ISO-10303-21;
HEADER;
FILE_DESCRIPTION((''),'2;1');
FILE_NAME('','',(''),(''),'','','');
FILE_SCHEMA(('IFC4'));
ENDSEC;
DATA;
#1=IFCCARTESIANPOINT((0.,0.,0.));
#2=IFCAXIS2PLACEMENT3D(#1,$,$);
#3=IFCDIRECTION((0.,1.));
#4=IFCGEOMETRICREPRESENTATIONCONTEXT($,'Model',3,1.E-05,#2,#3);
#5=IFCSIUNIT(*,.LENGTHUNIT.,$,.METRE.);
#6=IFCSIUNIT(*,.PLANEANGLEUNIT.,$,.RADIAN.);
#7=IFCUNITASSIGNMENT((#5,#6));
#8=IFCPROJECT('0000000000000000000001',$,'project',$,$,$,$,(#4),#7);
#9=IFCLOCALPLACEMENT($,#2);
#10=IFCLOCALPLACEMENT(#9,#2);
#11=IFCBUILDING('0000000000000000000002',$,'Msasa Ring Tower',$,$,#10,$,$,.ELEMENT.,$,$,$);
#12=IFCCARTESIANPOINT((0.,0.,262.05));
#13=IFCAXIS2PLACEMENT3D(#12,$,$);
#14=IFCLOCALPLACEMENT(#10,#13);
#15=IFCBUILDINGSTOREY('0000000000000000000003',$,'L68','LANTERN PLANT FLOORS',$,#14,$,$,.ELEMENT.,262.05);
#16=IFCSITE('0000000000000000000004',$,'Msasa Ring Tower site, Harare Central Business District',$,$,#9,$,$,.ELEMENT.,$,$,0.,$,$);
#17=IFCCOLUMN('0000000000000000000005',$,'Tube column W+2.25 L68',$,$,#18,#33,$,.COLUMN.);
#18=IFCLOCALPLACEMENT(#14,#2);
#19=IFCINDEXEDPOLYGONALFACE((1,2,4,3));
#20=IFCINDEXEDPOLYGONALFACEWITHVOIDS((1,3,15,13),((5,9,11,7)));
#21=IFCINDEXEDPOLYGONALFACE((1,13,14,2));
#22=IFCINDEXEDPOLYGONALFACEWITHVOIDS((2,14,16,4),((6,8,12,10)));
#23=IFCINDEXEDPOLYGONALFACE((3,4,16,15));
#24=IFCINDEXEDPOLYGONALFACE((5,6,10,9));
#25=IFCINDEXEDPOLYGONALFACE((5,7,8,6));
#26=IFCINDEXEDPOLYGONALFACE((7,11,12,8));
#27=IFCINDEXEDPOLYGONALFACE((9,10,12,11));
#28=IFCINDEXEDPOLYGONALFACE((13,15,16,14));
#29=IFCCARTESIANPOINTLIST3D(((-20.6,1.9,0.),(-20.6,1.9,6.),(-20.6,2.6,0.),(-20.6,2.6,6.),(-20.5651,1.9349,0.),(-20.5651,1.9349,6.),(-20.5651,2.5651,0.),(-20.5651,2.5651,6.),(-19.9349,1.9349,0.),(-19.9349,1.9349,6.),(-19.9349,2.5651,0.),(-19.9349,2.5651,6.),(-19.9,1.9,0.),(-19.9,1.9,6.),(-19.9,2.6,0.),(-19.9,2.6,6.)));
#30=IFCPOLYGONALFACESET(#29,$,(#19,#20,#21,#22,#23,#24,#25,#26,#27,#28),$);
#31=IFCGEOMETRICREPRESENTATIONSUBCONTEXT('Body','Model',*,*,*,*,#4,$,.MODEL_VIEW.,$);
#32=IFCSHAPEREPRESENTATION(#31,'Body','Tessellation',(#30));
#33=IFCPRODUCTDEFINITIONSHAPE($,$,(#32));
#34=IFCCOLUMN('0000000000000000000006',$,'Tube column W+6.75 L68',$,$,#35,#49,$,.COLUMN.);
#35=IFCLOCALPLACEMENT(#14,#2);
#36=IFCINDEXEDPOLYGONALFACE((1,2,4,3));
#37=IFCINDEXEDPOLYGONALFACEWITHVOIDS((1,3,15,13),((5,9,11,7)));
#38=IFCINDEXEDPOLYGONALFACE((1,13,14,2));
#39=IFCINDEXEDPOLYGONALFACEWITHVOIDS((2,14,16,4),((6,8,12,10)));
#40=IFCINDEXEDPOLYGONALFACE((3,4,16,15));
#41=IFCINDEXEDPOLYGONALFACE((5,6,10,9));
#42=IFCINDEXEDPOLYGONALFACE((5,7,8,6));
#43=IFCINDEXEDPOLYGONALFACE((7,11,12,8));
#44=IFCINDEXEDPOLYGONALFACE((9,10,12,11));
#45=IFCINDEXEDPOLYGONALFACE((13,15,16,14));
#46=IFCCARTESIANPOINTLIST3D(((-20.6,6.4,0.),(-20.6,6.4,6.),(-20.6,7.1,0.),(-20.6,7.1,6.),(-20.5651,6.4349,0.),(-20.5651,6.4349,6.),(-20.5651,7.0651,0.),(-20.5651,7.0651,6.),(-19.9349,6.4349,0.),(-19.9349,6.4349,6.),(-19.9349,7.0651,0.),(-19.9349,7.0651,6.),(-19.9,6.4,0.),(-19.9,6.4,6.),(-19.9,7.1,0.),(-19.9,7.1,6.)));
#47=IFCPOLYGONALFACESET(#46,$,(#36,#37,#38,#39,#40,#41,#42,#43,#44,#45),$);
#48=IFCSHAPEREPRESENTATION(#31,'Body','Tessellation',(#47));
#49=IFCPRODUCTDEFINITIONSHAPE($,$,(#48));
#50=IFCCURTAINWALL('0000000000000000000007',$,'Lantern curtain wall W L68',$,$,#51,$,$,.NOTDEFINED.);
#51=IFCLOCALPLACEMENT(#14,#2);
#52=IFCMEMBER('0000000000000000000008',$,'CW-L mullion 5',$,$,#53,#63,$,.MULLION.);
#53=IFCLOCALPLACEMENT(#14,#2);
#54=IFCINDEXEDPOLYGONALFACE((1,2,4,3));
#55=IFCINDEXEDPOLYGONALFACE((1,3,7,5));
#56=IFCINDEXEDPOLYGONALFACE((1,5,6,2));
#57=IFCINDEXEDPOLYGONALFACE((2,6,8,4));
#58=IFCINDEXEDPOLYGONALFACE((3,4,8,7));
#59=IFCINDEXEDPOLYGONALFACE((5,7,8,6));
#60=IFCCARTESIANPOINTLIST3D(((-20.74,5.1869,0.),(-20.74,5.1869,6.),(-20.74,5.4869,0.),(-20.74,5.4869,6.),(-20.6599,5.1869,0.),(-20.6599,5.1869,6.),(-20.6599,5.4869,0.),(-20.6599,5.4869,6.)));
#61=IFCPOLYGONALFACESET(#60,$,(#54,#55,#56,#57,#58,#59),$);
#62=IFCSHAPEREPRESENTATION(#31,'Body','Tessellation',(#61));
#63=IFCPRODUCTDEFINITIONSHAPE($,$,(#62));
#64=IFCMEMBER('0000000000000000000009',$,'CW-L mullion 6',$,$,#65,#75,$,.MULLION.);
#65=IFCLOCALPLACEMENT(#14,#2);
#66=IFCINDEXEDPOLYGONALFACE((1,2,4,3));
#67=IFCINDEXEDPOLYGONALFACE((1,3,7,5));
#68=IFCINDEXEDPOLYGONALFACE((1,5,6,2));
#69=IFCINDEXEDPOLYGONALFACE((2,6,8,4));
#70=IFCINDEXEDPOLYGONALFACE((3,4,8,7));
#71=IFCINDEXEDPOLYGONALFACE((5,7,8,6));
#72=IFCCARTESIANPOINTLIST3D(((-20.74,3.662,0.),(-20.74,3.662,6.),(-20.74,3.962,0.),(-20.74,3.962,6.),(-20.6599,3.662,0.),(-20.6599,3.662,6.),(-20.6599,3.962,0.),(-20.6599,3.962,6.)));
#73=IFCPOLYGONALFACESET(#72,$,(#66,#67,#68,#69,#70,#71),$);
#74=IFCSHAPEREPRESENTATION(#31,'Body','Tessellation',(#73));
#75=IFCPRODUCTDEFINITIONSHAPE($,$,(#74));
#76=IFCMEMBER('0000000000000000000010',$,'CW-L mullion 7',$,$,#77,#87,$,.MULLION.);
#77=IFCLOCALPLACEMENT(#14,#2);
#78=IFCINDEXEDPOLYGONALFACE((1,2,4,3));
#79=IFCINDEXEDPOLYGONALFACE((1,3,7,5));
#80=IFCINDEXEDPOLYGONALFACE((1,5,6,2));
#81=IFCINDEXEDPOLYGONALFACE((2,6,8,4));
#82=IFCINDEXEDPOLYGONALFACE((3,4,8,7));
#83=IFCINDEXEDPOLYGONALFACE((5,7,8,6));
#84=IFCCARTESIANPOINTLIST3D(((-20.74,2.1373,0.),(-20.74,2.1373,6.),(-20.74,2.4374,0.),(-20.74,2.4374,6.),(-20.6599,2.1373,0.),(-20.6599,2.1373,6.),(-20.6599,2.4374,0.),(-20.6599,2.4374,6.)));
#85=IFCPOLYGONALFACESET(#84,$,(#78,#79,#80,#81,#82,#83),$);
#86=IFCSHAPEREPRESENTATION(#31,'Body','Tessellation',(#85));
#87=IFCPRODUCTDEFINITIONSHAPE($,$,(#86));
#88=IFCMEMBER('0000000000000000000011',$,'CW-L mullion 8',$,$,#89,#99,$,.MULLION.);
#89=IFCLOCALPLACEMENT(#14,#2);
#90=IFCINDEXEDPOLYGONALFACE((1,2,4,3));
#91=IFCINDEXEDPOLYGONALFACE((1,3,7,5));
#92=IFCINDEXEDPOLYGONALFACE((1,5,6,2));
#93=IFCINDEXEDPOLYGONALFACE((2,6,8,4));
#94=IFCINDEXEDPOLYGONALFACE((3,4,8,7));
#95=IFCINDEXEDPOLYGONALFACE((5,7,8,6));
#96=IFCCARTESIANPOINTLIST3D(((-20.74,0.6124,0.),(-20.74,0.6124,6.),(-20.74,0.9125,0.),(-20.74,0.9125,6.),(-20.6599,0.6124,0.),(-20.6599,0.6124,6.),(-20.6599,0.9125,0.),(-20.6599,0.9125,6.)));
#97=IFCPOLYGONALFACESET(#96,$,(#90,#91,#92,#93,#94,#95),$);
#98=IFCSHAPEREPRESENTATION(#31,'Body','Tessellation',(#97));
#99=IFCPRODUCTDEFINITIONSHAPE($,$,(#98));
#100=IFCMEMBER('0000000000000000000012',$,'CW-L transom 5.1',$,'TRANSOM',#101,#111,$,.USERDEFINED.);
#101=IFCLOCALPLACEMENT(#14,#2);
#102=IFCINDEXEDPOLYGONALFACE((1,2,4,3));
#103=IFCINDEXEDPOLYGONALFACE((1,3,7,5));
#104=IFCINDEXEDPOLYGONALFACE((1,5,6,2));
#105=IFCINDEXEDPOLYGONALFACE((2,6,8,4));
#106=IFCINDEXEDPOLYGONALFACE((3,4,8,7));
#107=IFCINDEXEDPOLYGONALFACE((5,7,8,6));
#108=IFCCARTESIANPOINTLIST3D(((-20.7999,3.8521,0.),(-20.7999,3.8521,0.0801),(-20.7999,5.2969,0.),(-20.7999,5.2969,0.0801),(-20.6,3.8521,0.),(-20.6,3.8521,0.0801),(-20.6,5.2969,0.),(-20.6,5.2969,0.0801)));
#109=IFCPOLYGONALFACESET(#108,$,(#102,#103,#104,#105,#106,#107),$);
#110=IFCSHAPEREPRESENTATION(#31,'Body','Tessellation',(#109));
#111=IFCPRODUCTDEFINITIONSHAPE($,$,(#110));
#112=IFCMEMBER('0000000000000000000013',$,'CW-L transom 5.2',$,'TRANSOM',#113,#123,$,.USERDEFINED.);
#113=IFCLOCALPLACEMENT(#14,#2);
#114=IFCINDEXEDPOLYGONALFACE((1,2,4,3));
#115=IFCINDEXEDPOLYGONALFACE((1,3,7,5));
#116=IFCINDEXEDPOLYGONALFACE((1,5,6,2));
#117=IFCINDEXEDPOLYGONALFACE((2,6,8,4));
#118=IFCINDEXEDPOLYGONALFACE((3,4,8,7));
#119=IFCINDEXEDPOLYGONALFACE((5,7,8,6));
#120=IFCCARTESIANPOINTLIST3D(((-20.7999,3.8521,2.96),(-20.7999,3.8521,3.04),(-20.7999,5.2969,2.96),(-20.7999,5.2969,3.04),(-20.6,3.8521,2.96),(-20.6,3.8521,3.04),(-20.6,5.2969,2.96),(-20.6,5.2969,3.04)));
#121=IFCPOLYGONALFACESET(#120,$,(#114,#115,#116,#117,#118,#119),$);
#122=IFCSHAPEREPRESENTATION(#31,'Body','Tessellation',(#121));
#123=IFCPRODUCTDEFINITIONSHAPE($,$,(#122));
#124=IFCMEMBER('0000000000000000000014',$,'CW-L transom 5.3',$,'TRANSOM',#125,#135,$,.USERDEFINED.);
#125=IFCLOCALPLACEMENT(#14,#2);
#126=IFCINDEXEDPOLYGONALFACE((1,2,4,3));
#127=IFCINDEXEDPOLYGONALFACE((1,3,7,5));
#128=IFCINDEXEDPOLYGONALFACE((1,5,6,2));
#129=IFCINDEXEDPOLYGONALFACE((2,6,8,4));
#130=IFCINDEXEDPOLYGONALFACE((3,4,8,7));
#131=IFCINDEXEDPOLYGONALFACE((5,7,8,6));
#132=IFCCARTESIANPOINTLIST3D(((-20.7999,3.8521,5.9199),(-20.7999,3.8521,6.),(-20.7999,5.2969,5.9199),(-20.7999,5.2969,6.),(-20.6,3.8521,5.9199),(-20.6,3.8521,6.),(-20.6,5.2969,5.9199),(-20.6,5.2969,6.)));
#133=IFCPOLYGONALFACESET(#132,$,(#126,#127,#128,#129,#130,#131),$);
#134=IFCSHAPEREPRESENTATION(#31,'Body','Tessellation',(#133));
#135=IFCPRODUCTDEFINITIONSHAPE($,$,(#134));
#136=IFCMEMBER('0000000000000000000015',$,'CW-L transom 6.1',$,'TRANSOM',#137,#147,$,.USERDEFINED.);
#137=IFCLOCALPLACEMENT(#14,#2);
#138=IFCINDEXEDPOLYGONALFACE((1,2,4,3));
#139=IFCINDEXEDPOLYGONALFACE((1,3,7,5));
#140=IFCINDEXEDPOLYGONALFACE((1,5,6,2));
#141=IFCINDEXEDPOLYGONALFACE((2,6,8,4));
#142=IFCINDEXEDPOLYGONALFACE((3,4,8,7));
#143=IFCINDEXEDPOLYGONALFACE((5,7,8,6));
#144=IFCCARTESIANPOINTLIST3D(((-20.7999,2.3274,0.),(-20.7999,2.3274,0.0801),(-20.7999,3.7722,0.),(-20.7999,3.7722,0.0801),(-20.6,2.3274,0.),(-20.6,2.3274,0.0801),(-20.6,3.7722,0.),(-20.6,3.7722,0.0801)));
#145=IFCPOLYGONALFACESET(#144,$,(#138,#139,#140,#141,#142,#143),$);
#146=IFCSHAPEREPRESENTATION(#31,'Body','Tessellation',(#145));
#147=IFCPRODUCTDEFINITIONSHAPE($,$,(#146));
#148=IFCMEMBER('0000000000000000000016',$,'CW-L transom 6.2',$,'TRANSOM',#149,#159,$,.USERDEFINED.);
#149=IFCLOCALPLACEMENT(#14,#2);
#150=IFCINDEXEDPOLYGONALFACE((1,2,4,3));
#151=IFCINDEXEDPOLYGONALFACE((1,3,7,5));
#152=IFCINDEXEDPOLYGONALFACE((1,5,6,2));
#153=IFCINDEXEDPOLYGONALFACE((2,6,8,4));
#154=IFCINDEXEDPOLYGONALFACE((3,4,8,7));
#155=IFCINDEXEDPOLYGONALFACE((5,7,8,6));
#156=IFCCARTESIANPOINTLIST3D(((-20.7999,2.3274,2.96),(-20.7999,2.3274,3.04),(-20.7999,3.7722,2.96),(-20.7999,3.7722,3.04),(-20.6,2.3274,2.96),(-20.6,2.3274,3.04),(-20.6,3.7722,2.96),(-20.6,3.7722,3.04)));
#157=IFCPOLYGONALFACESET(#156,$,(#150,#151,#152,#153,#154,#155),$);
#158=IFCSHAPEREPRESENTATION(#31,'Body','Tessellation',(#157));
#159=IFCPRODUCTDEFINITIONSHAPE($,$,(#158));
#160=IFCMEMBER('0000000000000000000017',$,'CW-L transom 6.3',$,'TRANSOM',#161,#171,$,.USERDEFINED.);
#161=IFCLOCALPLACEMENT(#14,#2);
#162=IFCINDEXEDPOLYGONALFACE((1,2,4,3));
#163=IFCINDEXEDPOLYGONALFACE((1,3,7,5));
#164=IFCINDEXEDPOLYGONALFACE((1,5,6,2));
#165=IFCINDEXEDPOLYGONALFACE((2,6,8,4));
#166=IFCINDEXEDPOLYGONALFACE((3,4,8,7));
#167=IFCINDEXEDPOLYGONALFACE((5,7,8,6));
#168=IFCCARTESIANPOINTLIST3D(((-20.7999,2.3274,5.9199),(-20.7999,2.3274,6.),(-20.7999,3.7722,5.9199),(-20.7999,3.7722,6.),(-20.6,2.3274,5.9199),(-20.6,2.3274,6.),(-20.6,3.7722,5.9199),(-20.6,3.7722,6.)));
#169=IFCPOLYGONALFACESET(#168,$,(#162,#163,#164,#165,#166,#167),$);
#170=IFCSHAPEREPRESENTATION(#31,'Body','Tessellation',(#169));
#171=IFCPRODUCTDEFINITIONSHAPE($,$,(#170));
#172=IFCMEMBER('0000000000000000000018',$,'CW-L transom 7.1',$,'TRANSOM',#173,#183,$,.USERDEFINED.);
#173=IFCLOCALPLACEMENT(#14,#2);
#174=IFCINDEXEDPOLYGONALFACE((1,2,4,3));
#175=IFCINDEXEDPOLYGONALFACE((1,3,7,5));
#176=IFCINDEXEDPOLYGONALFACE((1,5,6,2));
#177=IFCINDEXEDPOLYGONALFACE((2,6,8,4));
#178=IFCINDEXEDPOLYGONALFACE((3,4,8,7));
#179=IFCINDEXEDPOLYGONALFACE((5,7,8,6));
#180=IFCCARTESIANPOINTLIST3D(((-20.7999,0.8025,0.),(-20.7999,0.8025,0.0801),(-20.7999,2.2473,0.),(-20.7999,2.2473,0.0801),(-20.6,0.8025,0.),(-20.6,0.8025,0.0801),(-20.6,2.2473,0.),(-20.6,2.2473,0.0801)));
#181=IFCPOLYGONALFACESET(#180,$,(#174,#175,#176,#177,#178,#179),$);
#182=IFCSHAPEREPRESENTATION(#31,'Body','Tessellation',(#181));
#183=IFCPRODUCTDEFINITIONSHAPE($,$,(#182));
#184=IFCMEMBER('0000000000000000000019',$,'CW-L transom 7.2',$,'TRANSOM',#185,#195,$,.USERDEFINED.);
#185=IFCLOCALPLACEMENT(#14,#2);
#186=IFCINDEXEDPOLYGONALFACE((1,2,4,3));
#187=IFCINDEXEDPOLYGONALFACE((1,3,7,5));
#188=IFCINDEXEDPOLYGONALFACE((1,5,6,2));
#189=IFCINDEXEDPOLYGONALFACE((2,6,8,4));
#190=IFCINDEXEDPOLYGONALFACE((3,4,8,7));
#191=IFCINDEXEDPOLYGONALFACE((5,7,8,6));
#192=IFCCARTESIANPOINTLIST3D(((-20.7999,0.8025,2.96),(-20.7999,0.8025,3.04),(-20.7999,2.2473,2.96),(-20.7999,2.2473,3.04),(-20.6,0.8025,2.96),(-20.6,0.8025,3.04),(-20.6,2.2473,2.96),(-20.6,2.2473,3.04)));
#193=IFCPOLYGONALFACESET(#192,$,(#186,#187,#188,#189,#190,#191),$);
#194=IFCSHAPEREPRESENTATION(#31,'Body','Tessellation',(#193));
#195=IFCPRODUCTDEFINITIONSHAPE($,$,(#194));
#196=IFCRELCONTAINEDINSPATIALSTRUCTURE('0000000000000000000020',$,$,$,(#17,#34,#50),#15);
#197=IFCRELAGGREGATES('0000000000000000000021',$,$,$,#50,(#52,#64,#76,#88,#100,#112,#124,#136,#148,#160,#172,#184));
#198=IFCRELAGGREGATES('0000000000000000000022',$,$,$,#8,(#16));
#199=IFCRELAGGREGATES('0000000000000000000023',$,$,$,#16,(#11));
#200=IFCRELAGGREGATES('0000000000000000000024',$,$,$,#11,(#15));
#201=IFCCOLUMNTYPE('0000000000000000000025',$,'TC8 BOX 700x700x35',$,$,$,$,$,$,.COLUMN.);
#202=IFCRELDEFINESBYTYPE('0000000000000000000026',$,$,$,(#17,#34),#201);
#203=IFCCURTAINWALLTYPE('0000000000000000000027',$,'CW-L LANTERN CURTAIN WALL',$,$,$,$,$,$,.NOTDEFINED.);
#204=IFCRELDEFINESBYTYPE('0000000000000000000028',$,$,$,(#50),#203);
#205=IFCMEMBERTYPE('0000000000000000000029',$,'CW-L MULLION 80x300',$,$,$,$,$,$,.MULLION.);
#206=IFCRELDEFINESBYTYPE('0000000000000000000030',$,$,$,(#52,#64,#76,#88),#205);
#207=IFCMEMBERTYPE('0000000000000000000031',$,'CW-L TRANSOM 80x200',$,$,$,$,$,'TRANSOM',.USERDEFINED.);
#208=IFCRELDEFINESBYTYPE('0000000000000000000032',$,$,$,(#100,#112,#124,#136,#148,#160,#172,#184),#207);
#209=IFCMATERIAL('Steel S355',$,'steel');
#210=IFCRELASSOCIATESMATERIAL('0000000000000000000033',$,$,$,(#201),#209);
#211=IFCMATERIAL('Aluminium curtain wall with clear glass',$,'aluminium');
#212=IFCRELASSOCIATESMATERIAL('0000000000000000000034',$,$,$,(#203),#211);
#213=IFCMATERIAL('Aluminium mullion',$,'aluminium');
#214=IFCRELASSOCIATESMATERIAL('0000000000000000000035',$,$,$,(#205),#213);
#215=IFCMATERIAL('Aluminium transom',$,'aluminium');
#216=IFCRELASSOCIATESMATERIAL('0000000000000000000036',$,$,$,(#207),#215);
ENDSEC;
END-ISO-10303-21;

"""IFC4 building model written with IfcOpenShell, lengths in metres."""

from ifc_helpers import new_model, si_unit, direction, frame, origin, origin_2d, place, context, subcontext, project, spatial, rectangle, hollow_rectangle, extrude, material, material_profile, profile_set, type_object, element, aggregate, save


model = new_model("IFC4")

# Units and contexts
model_context = context("Model", 3, precision=1e-05, world=origin(), true_north=direction((0.0, 1.0)))
body_context = subcontext(model_context, "Body", "Model", "MODEL_VIEW")
ifc_project = project(units=[si_unit("LENGTHUNIT", "METRE"), si_unit("PLANEANGLEUNIT", "RADIAN")], contexts=[model_context])

# Site, building, storey
site_placement = place(None, origin())
site = spatial("IfcSite", under=ifc_project, at=site_placement, Name="Msasa Ring Tower site, Harare Central Business District", CompositionType="ELEMENT", RefElevation=0.0)
building_placement = place(site_placement, origin())
building = spatial("IfcBuilding", under=site, at=building_placement, Name="Msasa Ring Tower", CompositionType="ELEMENT")
storey_placement = place(building_placement, frame((0.0, 0.0, 262.05)))
storey = spatial("IfcBuildingStorey", under=building, at=storey_placement, Name="L68", Description="LANTERN PLANT FLOORS", CompositionType="ELEMENT", Elevation=262.05)

# Columns
ifc_material_1 = material(Name="Steel S355", Category="steel")
ifc_material_profile_1 = material_profile(ifc_material_1, hollow_rectangle(XDim=0.7, YDim=0.7, WallThickness=0.0349, at=origin_2d()), Name="BOX 700x700x35")
ifc_profile_set_1 = profile_set([ifc_material_profile_1], Name="Steel S355")
column_type = type_object("IfcColumnType", Name="TC8 BOX 700x700x35", PredefinedType="COLUMN", material=ifc_profile_set_1)
for number, where, z_axis, x_axis, name in (
    (1, (-20.25, 2.25, 0.0), (0.0, 0.0, 1.0), (1.0, 0.0, 0.0), "Tube column W+2.25 L68"),
    (2, (-20.25, 6.75, 0.0), (0.0, 0.0, 1.0), (1.0, 0.0, 0.0), "Tube column W+6.75 L68"),
):
    element("IfcColumn", number, at=place(storey_placement, frame(where, z_axis=z_axis, x_axis=x_axis)), inside=storey, type_object=column_type, Name=name, PredefinedType="COLUMN", context=body_context, shape_type="SweptSolid", body=[
        extrude(hollow_rectangle(XDim=0.7, YDim=0.7, WallThickness=0.0349, at=origin_2d()), origin(), (0.0, 0.0, 1.0), 6.0),
    ])

# Curtain wall, members
ifc_material_2 = material(Name="Aluminium curtain wall with clear glass", Category="aluminium")
curtain_wall_type = type_object("IfcCurtainWallType", Name="CW-L LANTERN CURTAIN WALL", PredefinedType="NOTDEFINED", material=ifc_material_2)
curtain_wall_placement = place(storey_placement, origin())
curtain_wall = element("IfcCurtainWall", 3, at=curtain_wall_placement, inside=storey, type_object=curtain_wall_type, Name="Lantern curtain wall W L68", PredefinedType="NOTDEFINED")
ifc_material_3 = material(Name="Aluminium mullion", Category="aluminium")
ifc_material_profile_2 = material_profile(ifc_material_3, rectangle(XDim=0.0801, YDim=0.3, at=origin_2d()), Name="AL 80x300")
ifc_profile_set_2 = profile_set([ifc_material_profile_2], Name="Aluminium mullion")
member_type_1 = type_object("IfcMemberType", Name="CW-L MULLION 80x300", PredefinedType="MULLION", material=ifc_profile_set_2)
member_1_placement = place(storey_placement, frame((-20.7, 5.3369, 0.0), z_axis=(0.0, 0.0, 1.0), x_axis=(1.0, 0.0, 0.0)))
member_1 = element("IfcMember", 4, at=member_1_placement, type_object=member_type_1, Name="CW-L mullion 5", PredefinedType="MULLION", context=body_context, shape_type="SweptSolid", body=[
    extrude(rectangle(XDim=0.0801, YDim=0.3, at=origin_2d()), origin(), (0.0, 0.0, 1.0), 6.0),
])
member_2_placement = place(storey_placement, frame((-20.7, 3.812, 0.0), z_axis=(0.0, 0.0, 1.0), x_axis=(1.0, 0.0, 0.0)))
member_2 = element("IfcMember", 5, at=member_2_placement, type_object=member_type_1, Name="CW-L mullion 6", PredefinedType="MULLION", context=body_context, shape_type="SweptSolid", body=[
    extrude(rectangle(XDim=0.0801, YDim=0.3, at=origin_2d()), origin(), (0.0, 0.0, 1.0), 6.0),
])
member_3_placement = place(storey_placement, frame((-20.7, 2.2874, 0.0), z_axis=(0.0, 0.0, 1.0), x_axis=(1.0, 0.0, 0.0)))
member_3 = element("IfcMember", 6, at=member_3_placement, type_object=member_type_1, Name="CW-L mullion 7", PredefinedType="MULLION", context=body_context, shape_type="SweptSolid", body=[
    extrude(rectangle(XDim=0.0801, YDim=0.3, at=origin_2d()), origin(), (0.0, 0.0, 1.0), 6.0),
])
member_4_placement = place(storey_placement, frame((-20.7, 0.7625, 0.0), z_axis=(0.0, 0.0, 1.0), x_axis=(1.0, 0.0, 0.0)))
member_4 = element("IfcMember", 7, at=member_4_placement, type_object=member_type_1, Name="CW-L mullion 8", PredefinedType="MULLION", context=body_context, shape_type="SweptSolid", body=[
    extrude(rectangle(XDim=0.0801, YDim=0.3, at=origin_2d()), origin(), (0.0, 0.0, 1.0), 6.0),
])
ifc_material_4 = material(Name="Aluminium transom", Category="aluminium")
ifc_material_profile_3 = material_profile(ifc_material_4, rectangle(XDim=0.2, YDim=0.0801, at=origin_2d()), Name="AL 80x200")
ifc_profile_set_3 = profile_set([ifc_material_profile_3], Name="Aluminium transom")
member_type_2 = type_object("IfcMemberType", Name="CW-L TRANSOM 80x200", ElementType="TRANSOM", PredefinedType="USERDEFINED", material=ifc_profile_set_3)
member_5_placement = place(storey_placement, frame((-20.7, 5.2969, 0.04), z_axis=(0.0, -1.0, 0.0), x_axis=(1.0, 0.0, 0.0)))
member_5 = element("IfcMember", 8, at=member_5_placement, type_object=member_type_2, Name="CW-L transom 5.1", ObjectType="TRANSOM", PredefinedType="USERDEFINED", context=body_context, shape_type="SweptSolid", body=[
    extrude(rectangle(XDim=0.2, YDim=0.0801, at=origin_2d()), origin(), (0.0, 0.0, 1.0), 1.4448),
])
member_6_placement = place(storey_placement, frame((-20.7, 5.2969, 3.0), z_axis=(0.0, -1.0, 0.0), x_axis=(1.0, 0.0, 0.0)))
member_6 = element("IfcMember", 9, at=member_6_placement, type_object=member_type_2, Name="CW-L transom 5.2", ObjectType="TRANSOM", PredefinedType="USERDEFINED", context=body_context, shape_type="SweptSolid", body=[
    extrude(rectangle(XDim=0.2, YDim=0.0801, at=origin_2d()), origin(), (0.0, 0.0, 1.0), 1.4448),
])
member_7_placement = place(storey_placement, frame((-20.7, 5.2969, 5.96), z_axis=(0.0, -1.0, 0.0), x_axis=(1.0, 0.0, 0.0)))
member_7 = element("IfcMember", 10, at=member_7_placement, type_object=member_type_2, Name="CW-L transom 5.3", ObjectType="TRANSOM", PredefinedType="USERDEFINED", context=body_context, shape_type="SweptSolid", body=[
    extrude(rectangle(XDim=0.2, YDim=0.0801, at=origin_2d()), origin(), (0.0, 0.0, 1.0), 1.4448),
])
member_8_placement = place(storey_placement, frame((-20.7, 3.7722, 0.04), z_axis=(0.0, -1.0, 0.0), x_axis=(1.0, 0.0, 0.0)))
member_8 = element("IfcMember", 11, at=member_8_placement, type_object=member_type_2, Name="CW-L transom 6.1", ObjectType="TRANSOM", PredefinedType="USERDEFINED", context=body_context, shape_type="SweptSolid", body=[
    extrude(rectangle(XDim=0.2, YDim=0.0801, at=origin_2d()), origin(), (0.0, 0.0, 1.0), 1.4448),
])
member_9_placement = place(storey_placement, frame((-20.7, 3.7722, 3.0), z_axis=(0.0, -1.0, 0.0), x_axis=(1.0, 0.0, 0.0)))
member_9 = element("IfcMember", 12, at=member_9_placement, type_object=member_type_2, Name="CW-L transom 6.2", ObjectType="TRANSOM", PredefinedType="USERDEFINED", context=body_context, shape_type="SweptSolid", body=[
    extrude(rectangle(XDim=0.2, YDim=0.0801, at=origin_2d()), origin(), (0.0, 0.0, 1.0), 1.4448),
])
member_10_placement = place(storey_placement, frame((-20.7, 3.7722, 5.96), z_axis=(0.0, -1.0, 0.0), x_axis=(1.0, 0.0, 0.0)))
member_10 = element("IfcMember", 13, at=member_10_placement, type_object=member_type_2, Name="CW-L transom 6.3", ObjectType="TRANSOM", PredefinedType="USERDEFINED", context=body_context, shape_type="SweptSolid", body=[
    extrude(rectangle(XDim=0.2, YDim=0.0801, at=origin_2d()), origin(), (0.0, 0.0, 1.0), 1.4448),
])
member_11_placement = place(storey_placement, frame((-20.7, 2.2473, 0.04), z_axis=(0.0, -1.0, 0.0), x_axis=(1.0, 0.0, 0.0)))
member_11 = element("IfcMember", 14, at=member_11_placement, type_object=member_type_2, Name="CW-L transom 7.1", ObjectType="TRANSOM", PredefinedType="USERDEFINED", context=body_context, shape_type="SweptSolid", body=[
    extrude(rectangle(XDim=0.2, YDim=0.0801, at=origin_2d()), origin(), (0.0, 0.0, 1.0), 1.4448),
])
member_12_placement = place(storey_placement, frame((-20.7, 2.2473, 3.0), z_axis=(0.0, -1.0, 0.0), x_axis=(1.0, 0.0, 0.0)))
member_12 = element("IfcMember", 15, at=member_12_placement, type_object=member_type_2, Name="CW-L transom 7.2", ObjectType="TRANSOM", PredefinedType="USERDEFINED", context=body_context, shape_type="SweptSolid", body=[
    extrude(rectangle(XDim=0.2, YDim=0.0801, at=origin_2d()), origin(), (0.0, 0.0, 1.0), 1.4448),
])

aggregate(curtain_wall, [member_1, member_2, member_3, member_4, member_5, member_6, member_7, member_8, member_9, member_10, member_11, member_12])

save(model, "model.ifc")
